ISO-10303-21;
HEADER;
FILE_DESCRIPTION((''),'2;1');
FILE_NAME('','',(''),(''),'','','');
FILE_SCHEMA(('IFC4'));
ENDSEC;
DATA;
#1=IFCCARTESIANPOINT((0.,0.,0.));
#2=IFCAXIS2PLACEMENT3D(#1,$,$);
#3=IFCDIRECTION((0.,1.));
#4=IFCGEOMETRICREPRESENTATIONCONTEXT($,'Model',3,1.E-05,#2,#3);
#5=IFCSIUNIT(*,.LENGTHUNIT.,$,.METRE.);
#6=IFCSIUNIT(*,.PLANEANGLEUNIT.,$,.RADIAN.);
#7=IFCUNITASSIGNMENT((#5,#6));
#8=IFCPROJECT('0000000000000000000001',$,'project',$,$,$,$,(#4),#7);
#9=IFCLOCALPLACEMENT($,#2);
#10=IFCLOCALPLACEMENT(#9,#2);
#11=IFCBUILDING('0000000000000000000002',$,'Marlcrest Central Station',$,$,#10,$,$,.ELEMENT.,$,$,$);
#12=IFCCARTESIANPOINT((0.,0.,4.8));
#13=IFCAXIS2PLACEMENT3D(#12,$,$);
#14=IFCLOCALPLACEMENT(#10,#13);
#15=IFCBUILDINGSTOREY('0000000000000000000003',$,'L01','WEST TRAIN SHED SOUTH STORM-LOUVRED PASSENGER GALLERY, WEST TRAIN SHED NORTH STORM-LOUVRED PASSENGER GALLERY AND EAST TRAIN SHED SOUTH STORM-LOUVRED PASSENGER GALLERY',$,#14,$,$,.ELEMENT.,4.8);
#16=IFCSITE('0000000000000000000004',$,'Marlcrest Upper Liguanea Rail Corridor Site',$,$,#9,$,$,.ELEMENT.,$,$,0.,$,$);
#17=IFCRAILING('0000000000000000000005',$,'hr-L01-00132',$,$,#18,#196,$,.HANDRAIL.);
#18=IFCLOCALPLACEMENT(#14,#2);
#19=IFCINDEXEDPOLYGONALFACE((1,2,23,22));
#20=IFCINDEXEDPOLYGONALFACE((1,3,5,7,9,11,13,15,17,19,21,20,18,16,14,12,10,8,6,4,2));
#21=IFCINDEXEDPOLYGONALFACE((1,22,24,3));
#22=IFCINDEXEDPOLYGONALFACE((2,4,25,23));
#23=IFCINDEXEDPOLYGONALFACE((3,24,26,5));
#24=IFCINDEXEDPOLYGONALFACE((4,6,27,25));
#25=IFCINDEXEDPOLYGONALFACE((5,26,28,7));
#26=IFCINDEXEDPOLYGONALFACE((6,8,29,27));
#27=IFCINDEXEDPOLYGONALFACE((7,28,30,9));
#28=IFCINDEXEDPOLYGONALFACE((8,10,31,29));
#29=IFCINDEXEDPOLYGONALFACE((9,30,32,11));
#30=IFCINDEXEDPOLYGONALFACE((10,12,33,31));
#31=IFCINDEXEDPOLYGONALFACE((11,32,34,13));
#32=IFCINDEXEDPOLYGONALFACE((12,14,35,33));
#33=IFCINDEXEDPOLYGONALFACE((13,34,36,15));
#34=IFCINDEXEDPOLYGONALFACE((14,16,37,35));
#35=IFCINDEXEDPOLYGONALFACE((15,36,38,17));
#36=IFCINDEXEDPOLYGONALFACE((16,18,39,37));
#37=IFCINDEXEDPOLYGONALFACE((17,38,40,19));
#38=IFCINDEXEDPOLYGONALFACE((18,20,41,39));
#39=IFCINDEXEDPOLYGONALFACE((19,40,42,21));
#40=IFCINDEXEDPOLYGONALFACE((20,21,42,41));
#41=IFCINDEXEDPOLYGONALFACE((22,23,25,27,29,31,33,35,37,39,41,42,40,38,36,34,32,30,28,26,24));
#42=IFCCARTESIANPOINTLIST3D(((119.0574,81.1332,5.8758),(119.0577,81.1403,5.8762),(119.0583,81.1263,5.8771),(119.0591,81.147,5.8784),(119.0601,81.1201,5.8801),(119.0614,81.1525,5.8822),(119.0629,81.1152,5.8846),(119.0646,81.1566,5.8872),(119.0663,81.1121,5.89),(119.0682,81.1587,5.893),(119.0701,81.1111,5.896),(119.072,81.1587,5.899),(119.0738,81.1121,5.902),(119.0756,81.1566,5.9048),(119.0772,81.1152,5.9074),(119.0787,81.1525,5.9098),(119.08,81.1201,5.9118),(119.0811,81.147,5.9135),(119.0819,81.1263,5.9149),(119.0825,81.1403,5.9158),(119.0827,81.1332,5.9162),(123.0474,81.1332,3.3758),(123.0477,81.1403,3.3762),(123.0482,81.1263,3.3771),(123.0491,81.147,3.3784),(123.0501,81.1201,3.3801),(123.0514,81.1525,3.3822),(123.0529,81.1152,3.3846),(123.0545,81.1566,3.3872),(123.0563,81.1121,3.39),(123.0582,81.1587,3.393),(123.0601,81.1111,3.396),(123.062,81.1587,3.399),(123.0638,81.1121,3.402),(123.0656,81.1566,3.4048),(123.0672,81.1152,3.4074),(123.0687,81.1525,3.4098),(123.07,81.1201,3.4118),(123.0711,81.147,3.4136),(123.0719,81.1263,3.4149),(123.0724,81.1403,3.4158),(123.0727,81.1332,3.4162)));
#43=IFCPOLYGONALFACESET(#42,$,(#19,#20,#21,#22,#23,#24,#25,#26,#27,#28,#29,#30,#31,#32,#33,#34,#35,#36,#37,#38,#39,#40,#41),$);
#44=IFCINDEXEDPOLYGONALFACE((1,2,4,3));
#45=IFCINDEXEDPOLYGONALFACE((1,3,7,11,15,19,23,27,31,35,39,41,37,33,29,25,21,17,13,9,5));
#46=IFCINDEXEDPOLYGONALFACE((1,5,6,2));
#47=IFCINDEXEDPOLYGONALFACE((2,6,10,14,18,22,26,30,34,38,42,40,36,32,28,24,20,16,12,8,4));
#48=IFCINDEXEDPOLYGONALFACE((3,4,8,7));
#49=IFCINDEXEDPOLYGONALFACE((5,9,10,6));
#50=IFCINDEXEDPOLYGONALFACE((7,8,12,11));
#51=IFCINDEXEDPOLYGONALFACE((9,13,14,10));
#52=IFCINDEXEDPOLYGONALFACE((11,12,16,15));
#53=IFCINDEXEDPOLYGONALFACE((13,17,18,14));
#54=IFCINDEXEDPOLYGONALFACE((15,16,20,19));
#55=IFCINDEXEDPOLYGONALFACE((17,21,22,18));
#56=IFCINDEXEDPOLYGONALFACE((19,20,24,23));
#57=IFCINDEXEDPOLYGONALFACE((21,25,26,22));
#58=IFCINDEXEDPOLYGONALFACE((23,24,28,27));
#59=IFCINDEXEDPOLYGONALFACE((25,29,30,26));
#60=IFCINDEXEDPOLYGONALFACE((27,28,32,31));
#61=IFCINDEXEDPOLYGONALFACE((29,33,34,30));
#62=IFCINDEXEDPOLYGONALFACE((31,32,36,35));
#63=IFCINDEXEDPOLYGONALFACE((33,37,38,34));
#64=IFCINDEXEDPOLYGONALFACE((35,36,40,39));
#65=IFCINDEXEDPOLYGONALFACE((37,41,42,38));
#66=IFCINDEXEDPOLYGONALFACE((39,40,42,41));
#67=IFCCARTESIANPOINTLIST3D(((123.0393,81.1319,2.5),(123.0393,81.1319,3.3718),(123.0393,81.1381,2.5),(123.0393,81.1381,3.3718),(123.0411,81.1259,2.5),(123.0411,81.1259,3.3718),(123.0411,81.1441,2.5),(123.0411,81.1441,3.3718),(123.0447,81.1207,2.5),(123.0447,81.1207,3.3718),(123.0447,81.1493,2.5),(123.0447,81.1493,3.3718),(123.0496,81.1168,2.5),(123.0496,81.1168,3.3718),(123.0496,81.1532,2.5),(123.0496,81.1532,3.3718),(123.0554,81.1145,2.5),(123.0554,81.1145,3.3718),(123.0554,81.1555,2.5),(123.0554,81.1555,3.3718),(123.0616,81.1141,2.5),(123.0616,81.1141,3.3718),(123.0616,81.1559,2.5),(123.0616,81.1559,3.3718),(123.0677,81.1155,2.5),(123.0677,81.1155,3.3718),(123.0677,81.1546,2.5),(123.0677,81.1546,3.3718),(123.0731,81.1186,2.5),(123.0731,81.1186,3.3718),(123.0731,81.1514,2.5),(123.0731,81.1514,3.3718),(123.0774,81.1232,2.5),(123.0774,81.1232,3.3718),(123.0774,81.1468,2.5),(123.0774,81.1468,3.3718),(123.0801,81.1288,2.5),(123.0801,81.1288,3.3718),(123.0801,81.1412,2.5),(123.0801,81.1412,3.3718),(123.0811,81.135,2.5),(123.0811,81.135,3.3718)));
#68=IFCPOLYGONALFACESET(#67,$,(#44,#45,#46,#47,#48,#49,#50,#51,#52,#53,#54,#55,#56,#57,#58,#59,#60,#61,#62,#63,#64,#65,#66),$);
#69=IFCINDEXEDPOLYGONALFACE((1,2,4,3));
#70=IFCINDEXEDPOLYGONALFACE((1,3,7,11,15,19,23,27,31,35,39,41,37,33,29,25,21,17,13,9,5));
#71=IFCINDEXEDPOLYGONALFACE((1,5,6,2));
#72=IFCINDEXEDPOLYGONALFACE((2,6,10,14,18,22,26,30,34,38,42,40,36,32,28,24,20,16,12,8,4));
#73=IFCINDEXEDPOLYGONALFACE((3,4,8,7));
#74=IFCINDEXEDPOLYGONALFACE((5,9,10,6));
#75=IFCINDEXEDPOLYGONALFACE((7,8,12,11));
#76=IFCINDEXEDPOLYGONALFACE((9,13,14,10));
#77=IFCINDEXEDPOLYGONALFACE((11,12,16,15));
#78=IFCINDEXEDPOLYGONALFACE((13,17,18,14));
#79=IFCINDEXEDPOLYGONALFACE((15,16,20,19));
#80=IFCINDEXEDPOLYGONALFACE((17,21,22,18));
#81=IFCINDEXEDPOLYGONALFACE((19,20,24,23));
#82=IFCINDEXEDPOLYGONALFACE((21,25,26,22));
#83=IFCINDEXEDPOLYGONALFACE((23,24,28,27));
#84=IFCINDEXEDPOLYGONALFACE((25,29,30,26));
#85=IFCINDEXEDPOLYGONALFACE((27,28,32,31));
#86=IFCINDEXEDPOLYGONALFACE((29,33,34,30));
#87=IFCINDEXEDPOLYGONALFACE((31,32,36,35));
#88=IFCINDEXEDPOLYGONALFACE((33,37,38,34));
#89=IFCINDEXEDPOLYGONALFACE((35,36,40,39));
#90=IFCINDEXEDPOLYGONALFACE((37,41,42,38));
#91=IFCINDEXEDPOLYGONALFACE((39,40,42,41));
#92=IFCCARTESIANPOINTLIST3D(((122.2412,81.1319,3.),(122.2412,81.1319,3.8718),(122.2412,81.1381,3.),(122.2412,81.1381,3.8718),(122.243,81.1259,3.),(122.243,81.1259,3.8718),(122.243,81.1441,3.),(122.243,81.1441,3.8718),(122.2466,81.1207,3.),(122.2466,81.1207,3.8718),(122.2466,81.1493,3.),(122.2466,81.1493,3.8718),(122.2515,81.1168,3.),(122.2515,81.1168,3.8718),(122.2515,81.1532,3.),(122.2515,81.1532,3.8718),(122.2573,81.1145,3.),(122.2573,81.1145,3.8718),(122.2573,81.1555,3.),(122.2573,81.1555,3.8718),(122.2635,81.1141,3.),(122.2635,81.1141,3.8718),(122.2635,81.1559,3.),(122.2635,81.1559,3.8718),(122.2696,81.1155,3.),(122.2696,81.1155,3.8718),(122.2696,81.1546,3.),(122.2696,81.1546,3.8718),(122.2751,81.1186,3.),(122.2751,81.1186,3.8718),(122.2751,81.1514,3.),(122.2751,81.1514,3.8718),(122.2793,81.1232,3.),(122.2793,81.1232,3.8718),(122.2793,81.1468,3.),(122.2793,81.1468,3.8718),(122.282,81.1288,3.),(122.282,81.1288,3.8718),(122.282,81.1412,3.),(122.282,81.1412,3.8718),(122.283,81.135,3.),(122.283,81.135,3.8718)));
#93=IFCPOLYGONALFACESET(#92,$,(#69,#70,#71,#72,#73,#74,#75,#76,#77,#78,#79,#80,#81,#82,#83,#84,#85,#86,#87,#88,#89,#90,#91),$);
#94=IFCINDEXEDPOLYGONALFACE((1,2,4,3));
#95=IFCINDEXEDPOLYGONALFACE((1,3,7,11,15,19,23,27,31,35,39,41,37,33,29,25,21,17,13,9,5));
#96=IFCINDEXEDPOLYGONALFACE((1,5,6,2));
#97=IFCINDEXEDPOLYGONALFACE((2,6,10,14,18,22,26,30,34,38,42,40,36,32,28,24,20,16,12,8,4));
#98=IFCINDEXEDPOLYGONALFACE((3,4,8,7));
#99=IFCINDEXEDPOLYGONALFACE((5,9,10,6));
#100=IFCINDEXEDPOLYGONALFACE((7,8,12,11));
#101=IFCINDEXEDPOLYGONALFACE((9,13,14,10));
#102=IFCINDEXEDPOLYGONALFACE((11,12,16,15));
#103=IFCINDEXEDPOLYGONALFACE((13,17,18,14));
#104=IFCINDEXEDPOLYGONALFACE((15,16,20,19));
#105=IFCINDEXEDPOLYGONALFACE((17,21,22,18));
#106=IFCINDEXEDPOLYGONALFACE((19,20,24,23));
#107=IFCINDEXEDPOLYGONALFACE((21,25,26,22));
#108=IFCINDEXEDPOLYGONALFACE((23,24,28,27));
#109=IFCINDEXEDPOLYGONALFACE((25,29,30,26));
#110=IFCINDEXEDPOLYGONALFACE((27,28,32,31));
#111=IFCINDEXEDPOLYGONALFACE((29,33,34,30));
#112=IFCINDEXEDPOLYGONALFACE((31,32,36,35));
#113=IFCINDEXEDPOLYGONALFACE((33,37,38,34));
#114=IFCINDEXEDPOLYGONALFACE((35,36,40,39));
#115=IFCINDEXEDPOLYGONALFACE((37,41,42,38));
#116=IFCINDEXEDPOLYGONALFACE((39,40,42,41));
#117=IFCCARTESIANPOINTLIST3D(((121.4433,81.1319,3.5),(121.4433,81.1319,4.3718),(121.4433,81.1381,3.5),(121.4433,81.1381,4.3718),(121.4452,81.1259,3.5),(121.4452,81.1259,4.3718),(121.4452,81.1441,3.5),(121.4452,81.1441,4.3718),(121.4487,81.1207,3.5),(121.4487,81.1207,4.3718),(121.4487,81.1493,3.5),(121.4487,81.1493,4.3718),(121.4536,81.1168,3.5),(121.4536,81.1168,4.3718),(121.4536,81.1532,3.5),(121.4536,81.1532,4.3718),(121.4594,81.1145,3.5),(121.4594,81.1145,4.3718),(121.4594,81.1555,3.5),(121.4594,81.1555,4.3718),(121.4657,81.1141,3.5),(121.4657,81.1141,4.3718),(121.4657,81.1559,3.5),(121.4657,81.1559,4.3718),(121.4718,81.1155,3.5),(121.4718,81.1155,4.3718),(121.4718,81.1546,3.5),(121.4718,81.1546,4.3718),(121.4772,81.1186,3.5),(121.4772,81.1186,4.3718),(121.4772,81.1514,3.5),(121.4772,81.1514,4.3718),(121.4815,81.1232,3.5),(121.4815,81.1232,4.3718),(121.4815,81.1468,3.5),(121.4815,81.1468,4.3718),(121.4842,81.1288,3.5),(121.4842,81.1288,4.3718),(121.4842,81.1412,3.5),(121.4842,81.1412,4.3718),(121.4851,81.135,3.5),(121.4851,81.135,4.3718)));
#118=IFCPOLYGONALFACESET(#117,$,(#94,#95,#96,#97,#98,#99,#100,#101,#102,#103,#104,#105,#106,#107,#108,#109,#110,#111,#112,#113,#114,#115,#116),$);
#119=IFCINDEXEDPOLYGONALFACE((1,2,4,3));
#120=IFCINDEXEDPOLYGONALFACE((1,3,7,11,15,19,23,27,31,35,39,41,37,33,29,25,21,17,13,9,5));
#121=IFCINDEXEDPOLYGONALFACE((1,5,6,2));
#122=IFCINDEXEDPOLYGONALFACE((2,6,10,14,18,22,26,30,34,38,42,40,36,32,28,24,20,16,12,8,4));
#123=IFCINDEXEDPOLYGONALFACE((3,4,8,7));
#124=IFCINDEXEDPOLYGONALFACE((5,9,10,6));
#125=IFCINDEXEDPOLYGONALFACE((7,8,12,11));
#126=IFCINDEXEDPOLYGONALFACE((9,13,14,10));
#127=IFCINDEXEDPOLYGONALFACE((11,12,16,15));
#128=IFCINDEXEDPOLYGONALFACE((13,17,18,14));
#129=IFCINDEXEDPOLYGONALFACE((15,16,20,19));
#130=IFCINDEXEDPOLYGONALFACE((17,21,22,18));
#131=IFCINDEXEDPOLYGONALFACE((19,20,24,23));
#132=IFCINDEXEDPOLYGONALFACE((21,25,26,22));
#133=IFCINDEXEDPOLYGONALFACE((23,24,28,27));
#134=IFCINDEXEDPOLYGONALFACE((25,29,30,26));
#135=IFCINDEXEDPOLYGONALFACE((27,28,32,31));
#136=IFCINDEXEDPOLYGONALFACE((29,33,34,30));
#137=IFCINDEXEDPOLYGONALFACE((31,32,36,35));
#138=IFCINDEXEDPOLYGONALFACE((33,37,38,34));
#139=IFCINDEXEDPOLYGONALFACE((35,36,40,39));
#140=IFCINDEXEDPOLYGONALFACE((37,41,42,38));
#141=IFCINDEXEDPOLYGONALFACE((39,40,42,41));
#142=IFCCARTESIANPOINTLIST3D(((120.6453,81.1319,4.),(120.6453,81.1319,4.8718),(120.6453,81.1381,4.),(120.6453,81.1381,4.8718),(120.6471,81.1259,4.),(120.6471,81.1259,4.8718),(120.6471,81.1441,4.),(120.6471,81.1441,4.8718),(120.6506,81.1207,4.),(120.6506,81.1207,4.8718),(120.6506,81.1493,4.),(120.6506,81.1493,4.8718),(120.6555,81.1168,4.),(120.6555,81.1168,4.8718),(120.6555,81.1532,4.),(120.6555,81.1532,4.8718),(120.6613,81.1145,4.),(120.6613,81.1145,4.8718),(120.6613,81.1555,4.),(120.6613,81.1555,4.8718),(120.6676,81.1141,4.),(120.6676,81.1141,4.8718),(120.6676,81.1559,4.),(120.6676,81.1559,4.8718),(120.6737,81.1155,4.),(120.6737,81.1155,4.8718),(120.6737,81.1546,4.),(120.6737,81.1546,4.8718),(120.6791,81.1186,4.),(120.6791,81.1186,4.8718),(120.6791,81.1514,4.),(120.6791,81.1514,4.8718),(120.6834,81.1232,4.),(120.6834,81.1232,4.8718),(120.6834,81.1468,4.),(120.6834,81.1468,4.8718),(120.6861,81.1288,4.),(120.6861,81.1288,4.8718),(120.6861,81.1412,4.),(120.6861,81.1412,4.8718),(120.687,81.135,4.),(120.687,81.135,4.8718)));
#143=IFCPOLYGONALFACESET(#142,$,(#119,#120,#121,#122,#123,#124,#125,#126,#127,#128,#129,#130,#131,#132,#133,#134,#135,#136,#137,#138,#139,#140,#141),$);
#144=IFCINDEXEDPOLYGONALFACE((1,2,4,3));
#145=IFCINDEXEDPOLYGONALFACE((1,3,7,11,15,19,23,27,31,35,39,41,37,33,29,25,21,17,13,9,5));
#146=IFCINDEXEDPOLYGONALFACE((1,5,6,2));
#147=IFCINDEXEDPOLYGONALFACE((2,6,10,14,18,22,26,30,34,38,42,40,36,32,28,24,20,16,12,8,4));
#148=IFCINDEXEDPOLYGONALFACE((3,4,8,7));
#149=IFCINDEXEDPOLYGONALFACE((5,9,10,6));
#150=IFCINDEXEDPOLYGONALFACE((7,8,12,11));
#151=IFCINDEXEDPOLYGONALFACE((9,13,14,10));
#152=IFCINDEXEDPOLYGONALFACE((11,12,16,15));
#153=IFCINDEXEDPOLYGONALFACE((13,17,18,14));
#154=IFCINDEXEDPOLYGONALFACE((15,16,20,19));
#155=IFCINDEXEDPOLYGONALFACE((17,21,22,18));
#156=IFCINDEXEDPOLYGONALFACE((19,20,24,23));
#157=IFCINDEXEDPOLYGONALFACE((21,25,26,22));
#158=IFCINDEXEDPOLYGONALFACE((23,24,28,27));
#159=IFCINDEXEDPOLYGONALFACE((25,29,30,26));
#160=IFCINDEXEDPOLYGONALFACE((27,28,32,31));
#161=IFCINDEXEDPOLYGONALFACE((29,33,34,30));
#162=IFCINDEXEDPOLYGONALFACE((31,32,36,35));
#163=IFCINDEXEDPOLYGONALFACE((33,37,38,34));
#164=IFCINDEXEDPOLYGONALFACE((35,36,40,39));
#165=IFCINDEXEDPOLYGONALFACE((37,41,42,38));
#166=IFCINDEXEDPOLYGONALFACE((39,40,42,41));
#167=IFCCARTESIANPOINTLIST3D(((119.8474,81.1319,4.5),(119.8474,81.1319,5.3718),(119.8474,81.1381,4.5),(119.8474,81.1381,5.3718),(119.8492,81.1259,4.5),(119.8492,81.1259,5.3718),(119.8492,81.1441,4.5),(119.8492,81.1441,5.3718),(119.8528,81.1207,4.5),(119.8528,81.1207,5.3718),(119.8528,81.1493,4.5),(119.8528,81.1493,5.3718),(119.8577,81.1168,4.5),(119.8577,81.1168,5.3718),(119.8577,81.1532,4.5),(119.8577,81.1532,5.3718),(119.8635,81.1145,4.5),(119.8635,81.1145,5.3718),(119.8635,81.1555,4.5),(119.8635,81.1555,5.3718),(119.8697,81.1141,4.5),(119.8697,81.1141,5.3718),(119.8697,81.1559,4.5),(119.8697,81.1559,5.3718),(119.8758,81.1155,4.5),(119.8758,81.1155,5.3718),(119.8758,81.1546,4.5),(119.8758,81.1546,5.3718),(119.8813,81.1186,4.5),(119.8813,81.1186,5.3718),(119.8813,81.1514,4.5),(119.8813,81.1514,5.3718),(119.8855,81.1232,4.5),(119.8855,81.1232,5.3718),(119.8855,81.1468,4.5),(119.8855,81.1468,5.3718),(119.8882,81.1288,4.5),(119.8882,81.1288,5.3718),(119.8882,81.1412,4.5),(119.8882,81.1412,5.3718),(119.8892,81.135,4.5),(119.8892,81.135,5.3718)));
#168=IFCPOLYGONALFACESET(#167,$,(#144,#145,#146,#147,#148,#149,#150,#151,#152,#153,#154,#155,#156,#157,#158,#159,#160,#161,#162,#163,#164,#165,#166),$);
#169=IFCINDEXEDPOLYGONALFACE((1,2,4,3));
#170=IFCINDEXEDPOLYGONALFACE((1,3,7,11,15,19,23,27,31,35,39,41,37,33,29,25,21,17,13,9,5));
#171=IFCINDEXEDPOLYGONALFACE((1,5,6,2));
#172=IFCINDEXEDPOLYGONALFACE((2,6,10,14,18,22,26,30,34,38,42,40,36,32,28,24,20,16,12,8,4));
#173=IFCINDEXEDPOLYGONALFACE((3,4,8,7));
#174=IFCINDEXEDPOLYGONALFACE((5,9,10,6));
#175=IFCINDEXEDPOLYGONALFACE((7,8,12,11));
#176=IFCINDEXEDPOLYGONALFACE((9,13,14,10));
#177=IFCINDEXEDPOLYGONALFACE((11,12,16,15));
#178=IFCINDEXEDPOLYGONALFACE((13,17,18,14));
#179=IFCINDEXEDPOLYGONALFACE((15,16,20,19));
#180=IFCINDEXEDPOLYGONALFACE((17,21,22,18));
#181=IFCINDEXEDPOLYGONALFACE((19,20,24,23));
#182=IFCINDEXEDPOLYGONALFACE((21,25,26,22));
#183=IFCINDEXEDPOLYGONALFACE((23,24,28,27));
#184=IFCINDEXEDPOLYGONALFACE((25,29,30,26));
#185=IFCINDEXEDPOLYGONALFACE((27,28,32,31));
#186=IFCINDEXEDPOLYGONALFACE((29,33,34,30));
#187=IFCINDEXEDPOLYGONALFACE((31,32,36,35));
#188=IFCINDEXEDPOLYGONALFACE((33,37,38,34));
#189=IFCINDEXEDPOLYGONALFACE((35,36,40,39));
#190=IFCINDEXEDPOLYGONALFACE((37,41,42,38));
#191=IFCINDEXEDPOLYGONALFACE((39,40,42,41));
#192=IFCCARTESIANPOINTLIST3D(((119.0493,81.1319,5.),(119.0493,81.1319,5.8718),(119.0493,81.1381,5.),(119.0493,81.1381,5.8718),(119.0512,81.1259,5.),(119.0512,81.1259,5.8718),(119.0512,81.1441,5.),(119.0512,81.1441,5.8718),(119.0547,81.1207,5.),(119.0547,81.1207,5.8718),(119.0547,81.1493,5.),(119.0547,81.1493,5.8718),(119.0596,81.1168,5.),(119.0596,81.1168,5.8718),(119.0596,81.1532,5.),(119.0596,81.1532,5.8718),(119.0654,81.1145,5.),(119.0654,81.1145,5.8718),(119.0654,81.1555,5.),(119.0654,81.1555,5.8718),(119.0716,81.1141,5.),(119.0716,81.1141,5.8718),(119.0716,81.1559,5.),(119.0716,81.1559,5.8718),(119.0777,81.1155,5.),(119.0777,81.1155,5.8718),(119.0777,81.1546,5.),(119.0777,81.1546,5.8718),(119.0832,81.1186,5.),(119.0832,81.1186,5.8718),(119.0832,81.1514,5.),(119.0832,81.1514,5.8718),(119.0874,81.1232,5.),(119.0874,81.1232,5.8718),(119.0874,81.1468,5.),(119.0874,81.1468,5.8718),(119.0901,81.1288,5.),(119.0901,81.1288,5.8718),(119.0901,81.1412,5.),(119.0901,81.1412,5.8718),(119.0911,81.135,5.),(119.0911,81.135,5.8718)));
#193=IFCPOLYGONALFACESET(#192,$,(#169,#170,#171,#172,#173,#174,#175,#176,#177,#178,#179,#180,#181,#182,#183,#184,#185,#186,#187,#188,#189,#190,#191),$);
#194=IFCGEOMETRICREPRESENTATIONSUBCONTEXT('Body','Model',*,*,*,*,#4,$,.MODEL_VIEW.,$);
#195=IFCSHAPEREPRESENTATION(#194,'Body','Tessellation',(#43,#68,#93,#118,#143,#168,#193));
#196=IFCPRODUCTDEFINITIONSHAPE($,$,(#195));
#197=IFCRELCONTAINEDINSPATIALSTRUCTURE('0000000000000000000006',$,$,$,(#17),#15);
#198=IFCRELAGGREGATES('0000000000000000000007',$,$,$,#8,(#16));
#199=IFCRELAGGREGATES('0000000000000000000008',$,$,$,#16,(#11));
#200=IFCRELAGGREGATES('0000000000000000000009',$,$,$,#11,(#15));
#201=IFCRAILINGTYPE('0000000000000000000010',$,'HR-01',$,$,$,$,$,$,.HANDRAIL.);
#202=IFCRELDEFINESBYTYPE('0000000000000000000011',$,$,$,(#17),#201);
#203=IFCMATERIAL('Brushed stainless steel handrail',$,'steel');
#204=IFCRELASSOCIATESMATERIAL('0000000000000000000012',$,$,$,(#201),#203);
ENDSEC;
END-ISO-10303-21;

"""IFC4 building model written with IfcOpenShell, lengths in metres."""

from ifc_helpers import new_model, si_unit, direction, frame, origin, origin_2d, place, context, subcontext, project, spatial, circle, extrude, material, type_object, element, save


model = new_model("IFC4")

# Units and contexts
model_context = context("Model", 3, precision=1e-05, world=origin(), true_north=direction((0.0, 1.0)))
body_context = subcontext(model_context, "Body", "Model", "MODEL_VIEW")
ifc_project = project(units=[si_unit("LENGTHUNIT", "METRE"), si_unit("PLANEANGLEUNIT", "RADIAN")], contexts=[model_context])

# Site, building, storey
site_placement = place(None, origin())
site = spatial("IfcSite", under=ifc_project, at=site_placement, Name="Marlcrest Upper Liguanea Rail Corridor Site", CompositionType="ELEMENT", RefElevation=0.0)
building_placement = place(site_placement, origin())
building = spatial("IfcBuilding", under=site, at=building_placement, Name="Marlcrest Central Station", CompositionType="ELEMENT")
storey_placement = place(building_placement, frame((0.0, 0.0, 4.8)))
storey = spatial("IfcBuildingStorey", under=building, at=storey_placement, Name="L01", Description="WEST TRAIN SHED SOUTH STORM-LOUVRED PASSENGER GALLERY, WEST TRAIN SHED NORTH STORM-LOUVRED PASSENGER GALLERY AND EAST TRAIN SHED SOUTH STORM-LOUVRED PASSENGER GALLERY", CompositionType="ELEMENT", Elevation=4.8)

# Railing
ifc_material_1 = material(Name="Brushed stainless steel handrail", Category="steel")
railing_type_1 = type_object("IfcRailingType", Name="HR-01", PredefinedType="HANDRAIL", material=ifc_material_1)
railing_1_placement = place(storey_placement, frame((123.0601, 81.135, 2.5)))
element("IfcRailing", 1, at=railing_1_placement, inside=storey, type_object=railing_type_1, Name="hr-L01-00132", PredefinedType="HANDRAIL", context=body_context, shape_type="SweptSolid", body=[
    extrude(circle(Radius=0.0239, at=origin_2d()), frame((0.0, 0.0, 0.896), z_axis=(-0.847401, 0.0, 0.530954), x_axis=(0.0, -1.0, 0.0)), (0.0, 0.0, 1.0), 4.7085),
    extrude(circle(Radius=0.021, at=origin_2d()), origin(), (0.0, 0.0, 1.0), 0.8718),
    extrude(circle(Radius=0.021, at=origin_2d()), frame((-0.7981, 0.0, 0.5)), (0.0, 0.0, 1.0), 0.8718),
    extrude(circle(Radius=0.021, at=origin_2d()), frame((-1.5959, 0.0, 1.0)), (0.0, 0.0, 1.0), 0.8718),
    extrude(circle(Radius=0.021, at=origin_2d()), frame((-2.394, 0.0, 1.5)), (0.0, 0.0, 1.0), 0.8718),
    extrude(circle(Radius=0.021, at=origin_2d()), frame((-3.1919, 0.0, 2.0)), (0.0, 0.0, 1.0), 0.8718),
    extrude(circle(Radius=0.021, at=origin_2d()), frame((-3.99, 0.0, 2.5)), (0.0, 0.0, 1.0), 0.8718),
])

save(model, "model.ifc")
